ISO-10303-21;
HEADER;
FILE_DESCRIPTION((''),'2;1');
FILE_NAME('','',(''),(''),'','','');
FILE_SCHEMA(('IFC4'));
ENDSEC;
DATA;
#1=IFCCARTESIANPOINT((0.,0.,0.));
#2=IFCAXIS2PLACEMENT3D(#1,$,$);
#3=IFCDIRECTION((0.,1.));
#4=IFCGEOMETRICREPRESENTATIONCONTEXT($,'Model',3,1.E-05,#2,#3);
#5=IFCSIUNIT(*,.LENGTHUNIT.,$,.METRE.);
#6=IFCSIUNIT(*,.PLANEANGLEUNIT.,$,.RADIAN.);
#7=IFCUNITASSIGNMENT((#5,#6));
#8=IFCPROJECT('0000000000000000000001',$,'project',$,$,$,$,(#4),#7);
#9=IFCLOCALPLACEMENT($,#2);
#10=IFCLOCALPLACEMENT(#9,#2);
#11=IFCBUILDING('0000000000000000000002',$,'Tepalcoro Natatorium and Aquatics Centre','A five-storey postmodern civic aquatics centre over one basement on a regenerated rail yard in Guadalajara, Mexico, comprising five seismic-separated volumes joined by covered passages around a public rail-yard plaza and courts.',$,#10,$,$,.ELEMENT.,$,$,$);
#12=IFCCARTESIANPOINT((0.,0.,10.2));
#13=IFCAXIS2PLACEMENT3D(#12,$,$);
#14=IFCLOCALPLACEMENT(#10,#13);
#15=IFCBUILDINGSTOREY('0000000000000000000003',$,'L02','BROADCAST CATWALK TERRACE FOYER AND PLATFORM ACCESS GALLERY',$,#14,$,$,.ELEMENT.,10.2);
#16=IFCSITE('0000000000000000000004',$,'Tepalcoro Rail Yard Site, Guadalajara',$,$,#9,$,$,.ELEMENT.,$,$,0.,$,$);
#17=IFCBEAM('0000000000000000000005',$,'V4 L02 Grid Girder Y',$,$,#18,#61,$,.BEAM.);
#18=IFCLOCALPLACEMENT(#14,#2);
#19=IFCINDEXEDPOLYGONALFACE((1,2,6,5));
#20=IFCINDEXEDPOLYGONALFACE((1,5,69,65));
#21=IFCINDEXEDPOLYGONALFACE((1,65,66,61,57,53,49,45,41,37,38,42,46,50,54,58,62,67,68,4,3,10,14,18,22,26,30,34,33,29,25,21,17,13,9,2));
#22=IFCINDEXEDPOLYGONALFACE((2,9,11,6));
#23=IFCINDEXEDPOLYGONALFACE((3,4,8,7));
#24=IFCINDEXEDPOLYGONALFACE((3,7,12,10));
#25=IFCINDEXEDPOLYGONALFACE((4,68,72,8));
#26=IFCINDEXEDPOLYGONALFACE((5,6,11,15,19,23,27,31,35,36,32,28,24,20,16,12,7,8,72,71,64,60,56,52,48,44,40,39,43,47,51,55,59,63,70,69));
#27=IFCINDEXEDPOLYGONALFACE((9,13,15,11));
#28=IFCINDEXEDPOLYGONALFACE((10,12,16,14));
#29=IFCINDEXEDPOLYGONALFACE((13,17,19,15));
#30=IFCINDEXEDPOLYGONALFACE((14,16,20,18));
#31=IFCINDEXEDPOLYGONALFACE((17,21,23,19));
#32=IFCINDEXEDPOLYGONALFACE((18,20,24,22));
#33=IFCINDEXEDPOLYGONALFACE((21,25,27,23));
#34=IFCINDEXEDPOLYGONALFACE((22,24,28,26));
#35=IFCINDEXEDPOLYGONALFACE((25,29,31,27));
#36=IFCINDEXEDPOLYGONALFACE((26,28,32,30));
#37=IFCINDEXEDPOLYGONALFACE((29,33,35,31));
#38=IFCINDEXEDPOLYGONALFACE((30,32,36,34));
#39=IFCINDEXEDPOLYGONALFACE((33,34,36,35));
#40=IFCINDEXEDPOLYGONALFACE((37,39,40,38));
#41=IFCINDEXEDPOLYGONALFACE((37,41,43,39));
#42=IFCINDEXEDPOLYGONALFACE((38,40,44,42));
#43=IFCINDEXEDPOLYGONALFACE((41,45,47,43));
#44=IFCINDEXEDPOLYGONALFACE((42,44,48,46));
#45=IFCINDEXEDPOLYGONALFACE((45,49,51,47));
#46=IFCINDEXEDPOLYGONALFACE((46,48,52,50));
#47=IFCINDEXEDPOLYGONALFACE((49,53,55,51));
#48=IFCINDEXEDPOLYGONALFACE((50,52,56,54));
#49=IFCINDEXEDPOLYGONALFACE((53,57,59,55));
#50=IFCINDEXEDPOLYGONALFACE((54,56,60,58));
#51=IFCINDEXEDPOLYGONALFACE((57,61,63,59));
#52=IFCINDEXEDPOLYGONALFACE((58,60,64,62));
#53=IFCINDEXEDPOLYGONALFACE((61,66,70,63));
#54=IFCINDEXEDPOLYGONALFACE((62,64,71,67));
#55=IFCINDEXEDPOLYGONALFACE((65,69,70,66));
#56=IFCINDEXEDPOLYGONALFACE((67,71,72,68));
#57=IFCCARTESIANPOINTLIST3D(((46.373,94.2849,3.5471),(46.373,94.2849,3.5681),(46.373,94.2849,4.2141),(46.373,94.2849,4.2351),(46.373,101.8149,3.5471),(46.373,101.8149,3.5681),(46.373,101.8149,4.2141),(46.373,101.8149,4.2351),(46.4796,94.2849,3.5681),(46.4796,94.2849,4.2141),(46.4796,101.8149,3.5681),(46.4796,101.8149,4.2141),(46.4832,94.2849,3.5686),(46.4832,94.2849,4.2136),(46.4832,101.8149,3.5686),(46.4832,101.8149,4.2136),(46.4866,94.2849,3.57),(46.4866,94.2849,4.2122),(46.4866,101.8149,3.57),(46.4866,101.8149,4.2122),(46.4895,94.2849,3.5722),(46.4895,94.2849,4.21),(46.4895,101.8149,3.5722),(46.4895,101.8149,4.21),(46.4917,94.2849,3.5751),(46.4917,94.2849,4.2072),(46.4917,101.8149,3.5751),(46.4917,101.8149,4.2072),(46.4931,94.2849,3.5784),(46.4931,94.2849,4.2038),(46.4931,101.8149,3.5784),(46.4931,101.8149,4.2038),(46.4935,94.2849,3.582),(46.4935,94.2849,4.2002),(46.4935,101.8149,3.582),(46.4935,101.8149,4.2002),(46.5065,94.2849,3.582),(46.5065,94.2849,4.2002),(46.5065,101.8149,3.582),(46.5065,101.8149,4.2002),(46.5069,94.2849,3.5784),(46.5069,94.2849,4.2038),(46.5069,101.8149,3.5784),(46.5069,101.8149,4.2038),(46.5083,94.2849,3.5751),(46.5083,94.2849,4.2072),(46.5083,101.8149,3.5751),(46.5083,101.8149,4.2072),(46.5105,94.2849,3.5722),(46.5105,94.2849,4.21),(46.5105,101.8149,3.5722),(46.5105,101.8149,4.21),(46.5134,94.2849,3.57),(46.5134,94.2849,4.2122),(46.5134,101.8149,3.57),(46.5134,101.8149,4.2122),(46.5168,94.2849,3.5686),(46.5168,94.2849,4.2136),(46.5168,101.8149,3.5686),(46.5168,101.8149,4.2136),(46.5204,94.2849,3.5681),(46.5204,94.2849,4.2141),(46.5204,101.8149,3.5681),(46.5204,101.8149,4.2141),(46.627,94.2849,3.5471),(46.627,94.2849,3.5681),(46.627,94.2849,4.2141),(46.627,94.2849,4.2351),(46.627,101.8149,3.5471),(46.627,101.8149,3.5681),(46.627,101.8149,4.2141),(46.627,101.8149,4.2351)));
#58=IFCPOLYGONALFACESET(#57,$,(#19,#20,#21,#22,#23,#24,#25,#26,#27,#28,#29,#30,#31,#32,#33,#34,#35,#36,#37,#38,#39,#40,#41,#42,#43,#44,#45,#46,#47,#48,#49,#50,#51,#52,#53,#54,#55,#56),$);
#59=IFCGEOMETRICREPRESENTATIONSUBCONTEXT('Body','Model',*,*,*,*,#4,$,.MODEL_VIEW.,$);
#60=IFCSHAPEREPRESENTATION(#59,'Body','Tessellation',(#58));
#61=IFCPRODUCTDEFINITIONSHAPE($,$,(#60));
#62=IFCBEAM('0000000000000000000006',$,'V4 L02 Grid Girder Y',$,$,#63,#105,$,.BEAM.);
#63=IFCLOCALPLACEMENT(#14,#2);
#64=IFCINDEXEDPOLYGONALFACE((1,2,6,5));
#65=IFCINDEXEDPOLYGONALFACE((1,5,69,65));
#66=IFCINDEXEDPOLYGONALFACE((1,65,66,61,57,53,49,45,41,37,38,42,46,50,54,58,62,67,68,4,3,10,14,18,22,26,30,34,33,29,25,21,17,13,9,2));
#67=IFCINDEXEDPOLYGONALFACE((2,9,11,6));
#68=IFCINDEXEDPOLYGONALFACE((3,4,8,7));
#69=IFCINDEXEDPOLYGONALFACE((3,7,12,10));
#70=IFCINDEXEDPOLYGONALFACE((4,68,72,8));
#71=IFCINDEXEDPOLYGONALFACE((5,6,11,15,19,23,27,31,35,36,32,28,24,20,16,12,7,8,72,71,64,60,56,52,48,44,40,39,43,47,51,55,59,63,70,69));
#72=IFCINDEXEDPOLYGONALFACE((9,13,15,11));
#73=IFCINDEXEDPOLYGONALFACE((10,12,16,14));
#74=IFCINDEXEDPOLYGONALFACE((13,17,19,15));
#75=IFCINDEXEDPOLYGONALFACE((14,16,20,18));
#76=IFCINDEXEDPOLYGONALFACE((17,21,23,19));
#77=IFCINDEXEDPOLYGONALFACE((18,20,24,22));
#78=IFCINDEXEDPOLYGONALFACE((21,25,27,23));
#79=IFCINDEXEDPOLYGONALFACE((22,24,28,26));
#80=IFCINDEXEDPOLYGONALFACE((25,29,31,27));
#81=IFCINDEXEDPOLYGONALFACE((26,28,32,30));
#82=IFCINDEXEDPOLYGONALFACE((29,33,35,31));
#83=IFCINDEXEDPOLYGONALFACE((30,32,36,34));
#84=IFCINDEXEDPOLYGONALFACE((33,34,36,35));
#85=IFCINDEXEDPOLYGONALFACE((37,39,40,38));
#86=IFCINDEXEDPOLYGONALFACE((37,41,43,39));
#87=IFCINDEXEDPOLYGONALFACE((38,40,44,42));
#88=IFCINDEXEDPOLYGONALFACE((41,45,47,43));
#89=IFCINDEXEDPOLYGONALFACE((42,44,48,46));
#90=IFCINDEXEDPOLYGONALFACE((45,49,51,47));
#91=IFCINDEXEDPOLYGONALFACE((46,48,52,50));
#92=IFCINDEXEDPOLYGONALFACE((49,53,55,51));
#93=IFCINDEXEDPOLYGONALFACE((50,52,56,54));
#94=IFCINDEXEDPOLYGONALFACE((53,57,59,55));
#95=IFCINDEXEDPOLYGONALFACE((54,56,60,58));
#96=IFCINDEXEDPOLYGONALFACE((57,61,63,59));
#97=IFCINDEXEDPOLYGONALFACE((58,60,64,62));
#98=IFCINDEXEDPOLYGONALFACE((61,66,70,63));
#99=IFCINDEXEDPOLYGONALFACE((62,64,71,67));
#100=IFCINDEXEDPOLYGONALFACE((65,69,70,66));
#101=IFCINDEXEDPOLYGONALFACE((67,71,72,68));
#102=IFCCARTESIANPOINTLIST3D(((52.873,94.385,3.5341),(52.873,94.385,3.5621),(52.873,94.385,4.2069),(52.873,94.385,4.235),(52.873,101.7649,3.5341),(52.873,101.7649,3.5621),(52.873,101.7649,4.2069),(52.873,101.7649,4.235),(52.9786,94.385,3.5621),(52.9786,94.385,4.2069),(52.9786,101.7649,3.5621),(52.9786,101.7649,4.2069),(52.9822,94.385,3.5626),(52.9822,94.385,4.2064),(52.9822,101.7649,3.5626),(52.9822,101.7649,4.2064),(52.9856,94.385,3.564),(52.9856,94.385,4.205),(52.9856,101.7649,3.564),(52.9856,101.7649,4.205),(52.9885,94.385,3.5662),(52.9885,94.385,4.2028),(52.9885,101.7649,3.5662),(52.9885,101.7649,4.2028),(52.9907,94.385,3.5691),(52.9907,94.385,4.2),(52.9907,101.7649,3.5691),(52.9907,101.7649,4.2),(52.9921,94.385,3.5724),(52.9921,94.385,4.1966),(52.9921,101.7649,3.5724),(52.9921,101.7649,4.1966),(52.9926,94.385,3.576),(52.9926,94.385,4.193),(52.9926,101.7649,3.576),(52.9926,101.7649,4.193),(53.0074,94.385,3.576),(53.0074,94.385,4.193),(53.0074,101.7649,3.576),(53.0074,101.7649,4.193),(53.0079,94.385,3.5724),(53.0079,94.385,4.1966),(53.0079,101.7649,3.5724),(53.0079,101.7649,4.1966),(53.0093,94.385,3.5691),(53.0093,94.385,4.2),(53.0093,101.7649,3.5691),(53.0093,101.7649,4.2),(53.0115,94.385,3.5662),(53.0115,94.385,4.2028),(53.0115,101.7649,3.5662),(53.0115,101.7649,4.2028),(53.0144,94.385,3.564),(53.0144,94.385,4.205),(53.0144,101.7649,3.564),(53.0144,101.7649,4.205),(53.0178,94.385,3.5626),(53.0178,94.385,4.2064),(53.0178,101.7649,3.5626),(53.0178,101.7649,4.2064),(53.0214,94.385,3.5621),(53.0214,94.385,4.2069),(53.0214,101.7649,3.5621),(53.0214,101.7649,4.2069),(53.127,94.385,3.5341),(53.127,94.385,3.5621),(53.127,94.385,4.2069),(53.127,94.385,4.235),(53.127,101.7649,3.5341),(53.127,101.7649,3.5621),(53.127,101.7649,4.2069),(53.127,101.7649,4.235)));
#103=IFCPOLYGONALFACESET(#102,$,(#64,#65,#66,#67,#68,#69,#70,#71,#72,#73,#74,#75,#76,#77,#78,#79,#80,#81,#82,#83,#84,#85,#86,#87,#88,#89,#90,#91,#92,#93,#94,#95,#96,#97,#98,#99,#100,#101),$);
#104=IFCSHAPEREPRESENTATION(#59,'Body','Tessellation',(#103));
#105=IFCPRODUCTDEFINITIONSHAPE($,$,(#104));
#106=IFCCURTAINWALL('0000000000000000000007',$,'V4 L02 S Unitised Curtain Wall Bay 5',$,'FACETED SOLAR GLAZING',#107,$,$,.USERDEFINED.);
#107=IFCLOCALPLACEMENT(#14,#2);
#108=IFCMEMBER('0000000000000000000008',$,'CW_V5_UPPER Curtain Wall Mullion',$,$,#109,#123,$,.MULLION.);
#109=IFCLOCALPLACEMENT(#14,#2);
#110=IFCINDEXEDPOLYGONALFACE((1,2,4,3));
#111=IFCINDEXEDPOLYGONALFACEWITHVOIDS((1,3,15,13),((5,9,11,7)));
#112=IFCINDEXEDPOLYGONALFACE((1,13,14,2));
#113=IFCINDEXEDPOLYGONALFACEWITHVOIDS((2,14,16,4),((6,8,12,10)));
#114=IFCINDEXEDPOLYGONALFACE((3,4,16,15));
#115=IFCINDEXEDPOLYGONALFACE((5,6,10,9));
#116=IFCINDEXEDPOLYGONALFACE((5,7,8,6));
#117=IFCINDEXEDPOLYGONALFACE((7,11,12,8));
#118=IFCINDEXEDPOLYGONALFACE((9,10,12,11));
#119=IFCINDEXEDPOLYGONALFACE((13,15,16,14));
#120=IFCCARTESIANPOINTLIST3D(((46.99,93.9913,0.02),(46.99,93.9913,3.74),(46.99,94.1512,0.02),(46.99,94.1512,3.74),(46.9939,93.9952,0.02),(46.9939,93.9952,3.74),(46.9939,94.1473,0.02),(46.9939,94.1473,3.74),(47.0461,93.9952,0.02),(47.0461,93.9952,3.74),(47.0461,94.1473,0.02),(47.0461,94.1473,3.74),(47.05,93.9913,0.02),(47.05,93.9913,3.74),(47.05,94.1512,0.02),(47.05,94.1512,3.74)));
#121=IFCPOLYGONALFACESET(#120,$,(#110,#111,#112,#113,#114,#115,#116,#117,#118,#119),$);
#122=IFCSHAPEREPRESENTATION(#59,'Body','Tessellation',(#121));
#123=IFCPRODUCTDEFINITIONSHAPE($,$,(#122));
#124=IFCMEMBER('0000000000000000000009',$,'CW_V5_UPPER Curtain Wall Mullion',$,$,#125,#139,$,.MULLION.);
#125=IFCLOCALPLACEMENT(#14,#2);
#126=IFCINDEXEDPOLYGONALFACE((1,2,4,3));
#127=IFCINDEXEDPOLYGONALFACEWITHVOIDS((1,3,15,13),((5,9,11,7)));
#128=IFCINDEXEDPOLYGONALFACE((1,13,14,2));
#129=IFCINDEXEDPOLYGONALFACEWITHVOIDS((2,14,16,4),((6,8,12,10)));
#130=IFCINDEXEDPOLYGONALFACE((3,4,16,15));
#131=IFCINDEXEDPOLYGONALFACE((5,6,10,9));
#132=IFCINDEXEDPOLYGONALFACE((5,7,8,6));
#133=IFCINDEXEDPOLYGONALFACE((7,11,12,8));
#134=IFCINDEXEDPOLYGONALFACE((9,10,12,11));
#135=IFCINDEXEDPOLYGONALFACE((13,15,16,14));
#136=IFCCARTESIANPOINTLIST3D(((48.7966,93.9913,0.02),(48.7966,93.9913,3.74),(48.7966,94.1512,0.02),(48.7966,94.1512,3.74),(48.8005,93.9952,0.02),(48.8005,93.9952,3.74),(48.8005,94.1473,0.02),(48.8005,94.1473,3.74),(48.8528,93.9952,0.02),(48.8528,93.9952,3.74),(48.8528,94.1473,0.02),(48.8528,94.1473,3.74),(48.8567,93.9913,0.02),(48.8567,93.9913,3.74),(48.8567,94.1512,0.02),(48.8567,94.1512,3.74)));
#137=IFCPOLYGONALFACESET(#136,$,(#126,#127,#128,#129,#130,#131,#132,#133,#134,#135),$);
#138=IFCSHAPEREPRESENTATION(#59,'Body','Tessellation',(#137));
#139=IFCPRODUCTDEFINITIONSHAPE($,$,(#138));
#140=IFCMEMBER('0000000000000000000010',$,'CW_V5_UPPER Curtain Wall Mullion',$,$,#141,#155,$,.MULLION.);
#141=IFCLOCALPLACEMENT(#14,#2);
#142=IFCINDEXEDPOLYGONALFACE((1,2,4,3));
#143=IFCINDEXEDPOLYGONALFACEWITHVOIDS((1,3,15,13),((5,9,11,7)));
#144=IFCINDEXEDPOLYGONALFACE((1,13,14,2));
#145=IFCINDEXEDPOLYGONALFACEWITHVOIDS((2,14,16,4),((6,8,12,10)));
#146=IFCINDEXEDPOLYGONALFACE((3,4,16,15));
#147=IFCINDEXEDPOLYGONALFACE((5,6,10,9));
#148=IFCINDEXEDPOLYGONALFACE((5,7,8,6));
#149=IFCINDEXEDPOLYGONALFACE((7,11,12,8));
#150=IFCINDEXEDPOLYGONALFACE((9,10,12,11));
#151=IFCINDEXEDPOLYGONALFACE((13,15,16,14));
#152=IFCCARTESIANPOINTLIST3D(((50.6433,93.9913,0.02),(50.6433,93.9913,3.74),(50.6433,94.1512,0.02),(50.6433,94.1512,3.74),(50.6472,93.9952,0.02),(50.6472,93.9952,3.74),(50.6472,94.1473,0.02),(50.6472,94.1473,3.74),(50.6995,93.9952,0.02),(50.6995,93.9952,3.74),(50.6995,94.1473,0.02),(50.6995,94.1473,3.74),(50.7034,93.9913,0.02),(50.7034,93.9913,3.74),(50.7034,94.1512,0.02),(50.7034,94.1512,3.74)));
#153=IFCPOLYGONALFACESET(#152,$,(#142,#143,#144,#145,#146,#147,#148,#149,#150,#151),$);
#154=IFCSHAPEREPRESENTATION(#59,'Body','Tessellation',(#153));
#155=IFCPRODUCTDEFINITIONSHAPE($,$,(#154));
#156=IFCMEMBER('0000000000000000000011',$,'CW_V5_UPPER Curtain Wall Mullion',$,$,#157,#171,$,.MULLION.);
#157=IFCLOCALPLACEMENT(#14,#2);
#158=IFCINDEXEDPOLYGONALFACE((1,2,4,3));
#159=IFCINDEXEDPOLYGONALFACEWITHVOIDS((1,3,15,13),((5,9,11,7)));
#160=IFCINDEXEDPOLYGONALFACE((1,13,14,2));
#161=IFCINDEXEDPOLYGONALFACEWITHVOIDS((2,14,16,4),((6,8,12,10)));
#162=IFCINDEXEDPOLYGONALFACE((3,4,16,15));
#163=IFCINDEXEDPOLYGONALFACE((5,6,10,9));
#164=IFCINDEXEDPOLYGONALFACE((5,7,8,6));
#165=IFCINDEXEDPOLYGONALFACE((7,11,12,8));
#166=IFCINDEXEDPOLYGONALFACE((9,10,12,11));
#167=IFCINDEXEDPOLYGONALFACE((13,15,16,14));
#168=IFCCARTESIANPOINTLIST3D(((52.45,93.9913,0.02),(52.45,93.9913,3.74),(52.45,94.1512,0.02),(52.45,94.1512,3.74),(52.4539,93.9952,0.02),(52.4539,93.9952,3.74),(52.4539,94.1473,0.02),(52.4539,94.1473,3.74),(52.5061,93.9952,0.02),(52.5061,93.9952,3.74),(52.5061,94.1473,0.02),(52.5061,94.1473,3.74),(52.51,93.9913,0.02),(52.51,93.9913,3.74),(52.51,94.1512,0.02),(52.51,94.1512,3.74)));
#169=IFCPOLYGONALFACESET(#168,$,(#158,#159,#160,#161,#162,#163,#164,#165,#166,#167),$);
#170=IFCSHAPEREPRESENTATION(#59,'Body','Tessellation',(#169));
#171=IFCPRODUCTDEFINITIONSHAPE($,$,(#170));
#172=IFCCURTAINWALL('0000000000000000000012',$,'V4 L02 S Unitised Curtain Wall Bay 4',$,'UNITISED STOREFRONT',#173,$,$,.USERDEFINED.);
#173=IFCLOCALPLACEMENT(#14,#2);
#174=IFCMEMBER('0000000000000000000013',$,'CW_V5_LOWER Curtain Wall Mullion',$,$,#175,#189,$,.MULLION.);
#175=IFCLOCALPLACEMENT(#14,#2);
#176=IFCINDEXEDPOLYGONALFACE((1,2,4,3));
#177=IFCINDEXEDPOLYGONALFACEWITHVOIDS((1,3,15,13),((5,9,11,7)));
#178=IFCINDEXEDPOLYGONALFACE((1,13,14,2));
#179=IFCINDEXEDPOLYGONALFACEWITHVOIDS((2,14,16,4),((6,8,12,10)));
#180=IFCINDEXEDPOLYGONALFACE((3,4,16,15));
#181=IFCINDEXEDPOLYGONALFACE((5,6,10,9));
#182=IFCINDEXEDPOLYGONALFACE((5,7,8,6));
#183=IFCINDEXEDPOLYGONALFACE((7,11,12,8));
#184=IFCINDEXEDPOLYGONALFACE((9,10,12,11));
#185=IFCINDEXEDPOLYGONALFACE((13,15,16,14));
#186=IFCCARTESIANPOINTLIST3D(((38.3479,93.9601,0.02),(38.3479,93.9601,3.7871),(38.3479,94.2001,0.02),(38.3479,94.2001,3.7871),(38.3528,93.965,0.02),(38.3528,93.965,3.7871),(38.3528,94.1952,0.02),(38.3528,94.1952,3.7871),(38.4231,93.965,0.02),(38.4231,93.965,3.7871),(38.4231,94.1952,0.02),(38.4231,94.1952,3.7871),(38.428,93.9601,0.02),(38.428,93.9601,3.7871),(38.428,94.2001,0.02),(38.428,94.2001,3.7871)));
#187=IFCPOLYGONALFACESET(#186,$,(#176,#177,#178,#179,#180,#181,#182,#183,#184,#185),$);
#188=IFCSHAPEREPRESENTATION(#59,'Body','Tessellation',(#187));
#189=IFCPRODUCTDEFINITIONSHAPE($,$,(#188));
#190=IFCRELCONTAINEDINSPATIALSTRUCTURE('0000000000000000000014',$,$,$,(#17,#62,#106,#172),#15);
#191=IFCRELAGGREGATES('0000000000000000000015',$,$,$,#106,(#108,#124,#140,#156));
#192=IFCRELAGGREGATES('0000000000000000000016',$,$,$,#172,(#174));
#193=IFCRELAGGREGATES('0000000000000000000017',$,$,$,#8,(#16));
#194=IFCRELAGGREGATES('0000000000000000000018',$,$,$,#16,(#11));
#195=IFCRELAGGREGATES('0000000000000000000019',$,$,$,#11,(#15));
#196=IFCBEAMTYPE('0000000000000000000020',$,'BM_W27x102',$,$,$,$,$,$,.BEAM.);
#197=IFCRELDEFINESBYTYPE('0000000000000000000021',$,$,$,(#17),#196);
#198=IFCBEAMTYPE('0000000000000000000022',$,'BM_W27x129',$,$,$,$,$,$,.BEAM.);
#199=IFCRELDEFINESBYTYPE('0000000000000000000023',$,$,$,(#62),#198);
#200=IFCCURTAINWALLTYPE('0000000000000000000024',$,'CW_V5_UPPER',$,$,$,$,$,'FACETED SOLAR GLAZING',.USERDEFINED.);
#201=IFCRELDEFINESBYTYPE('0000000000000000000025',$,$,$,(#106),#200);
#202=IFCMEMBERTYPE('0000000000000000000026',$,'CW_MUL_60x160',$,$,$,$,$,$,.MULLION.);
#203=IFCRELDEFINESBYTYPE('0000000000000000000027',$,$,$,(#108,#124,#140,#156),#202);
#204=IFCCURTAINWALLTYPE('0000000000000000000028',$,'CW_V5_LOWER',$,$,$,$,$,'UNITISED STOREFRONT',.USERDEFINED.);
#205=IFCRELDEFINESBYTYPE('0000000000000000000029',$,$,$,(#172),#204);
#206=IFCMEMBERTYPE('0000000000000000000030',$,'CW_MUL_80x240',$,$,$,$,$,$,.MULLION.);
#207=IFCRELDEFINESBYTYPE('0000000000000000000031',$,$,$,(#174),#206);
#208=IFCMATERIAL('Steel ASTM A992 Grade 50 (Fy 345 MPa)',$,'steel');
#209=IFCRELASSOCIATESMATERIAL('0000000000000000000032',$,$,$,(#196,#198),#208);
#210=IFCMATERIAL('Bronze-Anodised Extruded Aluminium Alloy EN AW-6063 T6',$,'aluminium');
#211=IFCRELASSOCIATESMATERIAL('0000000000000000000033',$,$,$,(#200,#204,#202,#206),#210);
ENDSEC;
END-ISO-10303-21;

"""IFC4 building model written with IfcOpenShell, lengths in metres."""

from ifc_helpers import new_model, si_unit, direction, frame, origin, origin_2d, place, context, subcontext, project, spatial, hollow_rectangle, i_section, extrude, material, material_profile, profile_set, type_object, element, aggregate, save


model = new_model("IFC4")

# Units and contexts
model_context = context("Model", 3, precision=1e-05, world=origin(), true_north=direction((0.0, 1.0)))
body_context = subcontext(model_context, "Body", "Model", "MODEL_VIEW")
ifc_project = project(units=[si_unit("LENGTHUNIT", "METRE"), si_unit("PLANEANGLEUNIT", "RADIAN")], contexts=[model_context])

# Site, building, storey
site_placement = place(None, origin())
site = spatial("IfcSite", under=ifc_project, at=site_placement, Name="Tepalcoro Rail Yard Site, Guadalajara", CompositionType="ELEMENT", RefElevation=0.0)
building_placement = place(site_placement, origin())
building = spatial("IfcBuilding", under=site, at=building_placement, Name="Tepalcoro Natatorium and Aquatics Centre", Description="A five-storey postmodern civic aquatics centre over one basement on a regenerated rail yard in Guadalajara, Mexico, comprising five seismic-separated volumes joined by covered passages around a public rail-yard plaza and courts.", CompositionType="ELEMENT")
storey_placement = place(building_placement, frame((0.0, 0.0, 10.2)))
storey = spatial("IfcBuildingStorey", under=building, at=storey_placement, Name="L02", Description="BROADCAST CATWALK TERRACE FOYER AND PLATFORM ACCESS GALLERY", CompositionType="ELEMENT", Elevation=10.2)

# Beams
ifc_material_1 = material(Name="Steel ASTM A992 Grade 50 (Fy 345 MPa)", Category="steel")
ifc_material_profile_1 = material_profile(ifc_material_1, i_section(OverallWidth=0.2539, OverallDepth=0.688, WebThickness=0.0129, FlangeThickness=0.021, FilletRadius=0.0139, at=origin_2d()), Name="W27X102")
ifc_profile_set_1 = profile_set([ifc_material_profile_1], Name="Steel ASTM A992 Grade 50 (Fy 345 MPa)")
beam_type_1 = type_object("IfcBeamType", Name="BM_W27x102", PredefinedType="BEAM", material=ifc_profile_set_1)
beam_1_placement = place(storey_placement, frame((46.5, 94.2849, 3.8911), z_axis=(0.0, 1.0, 0.0), x_axis=(-1.0, 0.0, 0.0)))
element("IfcBeam", 1, at=beam_1_placement, inside=storey, type_object=beam_type_1, Name="V4 L02 Grid Girder Y", PredefinedType="BEAM", context=body_context, shape_type="SweptSolid", body=[
    extrude(i_section(OverallWidth=0.2539, OverallDepth=0.688, WebThickness=0.0129, FlangeThickness=0.021, FilletRadius=0.0139, at=origin_2d()), origin(), (0.0, 0.0, 1.0), 7.53),
])
ifc_material_profile_2 = material_profile(ifc_material_1, i_section(OverallWidth=0.2539, OverallDepth=0.7009, WebThickness=0.0149, FlangeThickness=0.0281, FilletRadius=0.0139, at=origin_2d()), Name="W27X129")
ifc_profile_set_2 = profile_set([ifc_material_profile_2], Name="Steel ASTM A992 Grade 50 (Fy 345 MPa)")
beam_type_2 = type_object("IfcBeamType", Name="BM_W27x129", PredefinedType="BEAM", material=ifc_profile_set_2)
beam_2_placement = place(storey_placement, frame((53.0, 94.385, 3.8845), z_axis=(0.0, 1.0, 0.0), x_axis=(-1.0, 0.0, 0.0)))
element("IfcBeam", 2, at=beam_2_placement, inside=storey, type_object=beam_type_2, Name="V4 L02 Grid Girder Y", PredefinedType="BEAM", context=body_context, shape_type="SweptSolid", body=[
    extrude(i_section(OverallWidth=0.2539, OverallDepth=0.7009, WebThickness=0.0149, FlangeThickness=0.0281, FilletRadius=0.0139, at=origin_2d()), origin(), (0.0, 0.0, 1.0), 7.3799),
])

# Curtain walls, members
ifc_material_2 = material(Name="Bronze-Anodised Extruded Aluminium Alloy EN AW-6063 T6", Category="aluminium")
curtain_wall_type_1 = type_object("IfcCurtainWallType", Name="CW_V5_UPPER", ElementType="FACETED SOLAR GLAZING", PredefinedType="USERDEFINED", material=ifc_material_2)
curtain_wall_1_placement = place(storey_placement, origin())
curtain_wall_1 = element("IfcCurtainWall", 3, at=curtain_wall_1_placement, inside=storey, type_object=curtain_wall_type_1, Name="V4 L02 S Unitised Curtain Wall Bay 5", ObjectType="FACETED SOLAR GLAZING", PredefinedType="USERDEFINED")
ifc_material_profile_3 = material_profile(ifc_material_2, hollow_rectangle(XDim=0.0601, YDim=0.1599, WallThickness=0.0039, at=origin_2d()), Name="AL60X160X4")
ifc_profile_set_3 = profile_set([ifc_material_profile_3], Name="Bronze-Anodised Extruded Aluminium Alloy EN AW-6063 T6")
member_type_1 = type_object("IfcMemberType", Name="CW_MUL_60x160", PredefinedType="MULLION", material=ifc_profile_set_3)
member_1_placement = place(storey_placement, frame((47.02, 94.0713, 0.02), z_axis=(0.0, 0.0, 1.0), x_axis=(1.0, 0.0, 0.0)))
member_1 = element("IfcMember", 4, at=member_1_placement, type_object=member_type_1, Name="CW_V5_UPPER Curtain Wall Mullion", PredefinedType="MULLION", context=body_context, shape_type="SweptSolid", body=[
    extrude(hollow_rectangle(XDim=0.0601, YDim=0.1599, WallThickness=0.0039, at=origin_2d()), origin(), (0.0, 0.0, 1.0), 3.72),
])
member_2_placement = place(storey_placement, frame((48.8267, 94.0713, 0.02), z_axis=(0.0, 0.0, 1.0), x_axis=(1.0, 0.0, 0.0)))
member_2 = element("IfcMember", 5, at=member_2_placement, type_object=member_type_1, Name="CW_V5_UPPER Curtain Wall Mullion", PredefinedType="MULLION", context=body_context, shape_type="SweptSolid", body=[
    extrude(hollow_rectangle(XDim=0.0601, YDim=0.1599, WallThickness=0.0039, at=origin_2d()), origin(), (0.0, 0.0, 1.0), 3.72),
])
member_3_placement = place(storey_placement, frame((50.6733, 94.0713, 0.02), z_axis=(0.0, 0.0, 1.0), x_axis=(1.0, 0.0, 0.0)))
member_3 = element("IfcMember", 6, at=member_3_placement, type_object=member_type_1, Name="CW_V5_UPPER Curtain Wall Mullion", PredefinedType="MULLION", context=body_context, shape_type="SweptSolid", body=[
    extrude(hollow_rectangle(XDim=0.0601, YDim=0.1599, WallThickness=0.0039, at=origin_2d()), origin(), (0.0, 0.0, 1.0), 3.72),
])
member_4_placement = place(storey_placement, frame((52.48, 94.0713, 0.02), z_axis=(0.0, 0.0, 1.0), x_axis=(1.0, 0.0, 0.0)))
member_4 = element("IfcMember", 7, at=member_4_placement, type_object=member_type_1, Name="CW_V5_UPPER Curtain Wall Mullion", PredefinedType="MULLION", context=body_context, shape_type="SweptSolid", body=[
    extrude(hollow_rectangle(XDim=0.0601, YDim=0.1599, WallThickness=0.0039, at=origin_2d()), origin(), (0.0, 0.0, 1.0), 3.72),
])
curtain_wall_type_2 = type_object("IfcCurtainWallType", Name="CW_V5_LOWER", ElementType="UNITISED STOREFRONT", PredefinedType="USERDEFINED", material=ifc_material_2)
curtain_wall_2_placement = place(storey_placement, origin())
curtain_wall_2 = element("IfcCurtainWall", 8, at=curtain_wall_2_placement, inside=storey, type_object=curtain_wall_type_2, Name="V4 L02 S Unitised Curtain Wall Bay 4", ObjectType="UNITISED STOREFRONT", PredefinedType="USERDEFINED")
ifc_material_profile_4 = material_profile(ifc_material_2, hollow_rectangle(XDim=0.0801, YDim=0.24, WallThickness=0.0049, at=origin_2d()), Name="AL80X240X5")
ifc_profile_set_4 = profile_set([ifc_material_profile_4], Name="Bronze-Anodised Extruded Aluminium Alloy EN AW-6063 T6")
member_type_2 = type_object("IfcMemberType", Name="CW_MUL_80x240", PredefinedType="MULLION", material=ifc_profile_set_4)
member_5_placement = place(storey_placement, frame((38.3879, 94.0801, 0.02), z_axis=(0.0, 0.0, 1.0), x_axis=(1.0, 0.0, 0.0)))
member_5 = element("IfcMember", 9, at=member_5_placement, type_object=member_type_2, Name="CW_V5_LOWER Curtain Wall Mullion", PredefinedType="MULLION", context=body_context, shape_type="SweptSolid", body=[
    extrude(hollow_rectangle(XDim=0.0801, YDim=0.24, WallThickness=0.0049, at=origin_2d()), origin(), (0.0, 0.0, 1.0), 3.7671),
])

aggregate(curtain_wall_1, [member_1, member_2, member_3, member_4])
aggregate(curtain_wall_2, [member_5])

save(model, "model.ifc")
